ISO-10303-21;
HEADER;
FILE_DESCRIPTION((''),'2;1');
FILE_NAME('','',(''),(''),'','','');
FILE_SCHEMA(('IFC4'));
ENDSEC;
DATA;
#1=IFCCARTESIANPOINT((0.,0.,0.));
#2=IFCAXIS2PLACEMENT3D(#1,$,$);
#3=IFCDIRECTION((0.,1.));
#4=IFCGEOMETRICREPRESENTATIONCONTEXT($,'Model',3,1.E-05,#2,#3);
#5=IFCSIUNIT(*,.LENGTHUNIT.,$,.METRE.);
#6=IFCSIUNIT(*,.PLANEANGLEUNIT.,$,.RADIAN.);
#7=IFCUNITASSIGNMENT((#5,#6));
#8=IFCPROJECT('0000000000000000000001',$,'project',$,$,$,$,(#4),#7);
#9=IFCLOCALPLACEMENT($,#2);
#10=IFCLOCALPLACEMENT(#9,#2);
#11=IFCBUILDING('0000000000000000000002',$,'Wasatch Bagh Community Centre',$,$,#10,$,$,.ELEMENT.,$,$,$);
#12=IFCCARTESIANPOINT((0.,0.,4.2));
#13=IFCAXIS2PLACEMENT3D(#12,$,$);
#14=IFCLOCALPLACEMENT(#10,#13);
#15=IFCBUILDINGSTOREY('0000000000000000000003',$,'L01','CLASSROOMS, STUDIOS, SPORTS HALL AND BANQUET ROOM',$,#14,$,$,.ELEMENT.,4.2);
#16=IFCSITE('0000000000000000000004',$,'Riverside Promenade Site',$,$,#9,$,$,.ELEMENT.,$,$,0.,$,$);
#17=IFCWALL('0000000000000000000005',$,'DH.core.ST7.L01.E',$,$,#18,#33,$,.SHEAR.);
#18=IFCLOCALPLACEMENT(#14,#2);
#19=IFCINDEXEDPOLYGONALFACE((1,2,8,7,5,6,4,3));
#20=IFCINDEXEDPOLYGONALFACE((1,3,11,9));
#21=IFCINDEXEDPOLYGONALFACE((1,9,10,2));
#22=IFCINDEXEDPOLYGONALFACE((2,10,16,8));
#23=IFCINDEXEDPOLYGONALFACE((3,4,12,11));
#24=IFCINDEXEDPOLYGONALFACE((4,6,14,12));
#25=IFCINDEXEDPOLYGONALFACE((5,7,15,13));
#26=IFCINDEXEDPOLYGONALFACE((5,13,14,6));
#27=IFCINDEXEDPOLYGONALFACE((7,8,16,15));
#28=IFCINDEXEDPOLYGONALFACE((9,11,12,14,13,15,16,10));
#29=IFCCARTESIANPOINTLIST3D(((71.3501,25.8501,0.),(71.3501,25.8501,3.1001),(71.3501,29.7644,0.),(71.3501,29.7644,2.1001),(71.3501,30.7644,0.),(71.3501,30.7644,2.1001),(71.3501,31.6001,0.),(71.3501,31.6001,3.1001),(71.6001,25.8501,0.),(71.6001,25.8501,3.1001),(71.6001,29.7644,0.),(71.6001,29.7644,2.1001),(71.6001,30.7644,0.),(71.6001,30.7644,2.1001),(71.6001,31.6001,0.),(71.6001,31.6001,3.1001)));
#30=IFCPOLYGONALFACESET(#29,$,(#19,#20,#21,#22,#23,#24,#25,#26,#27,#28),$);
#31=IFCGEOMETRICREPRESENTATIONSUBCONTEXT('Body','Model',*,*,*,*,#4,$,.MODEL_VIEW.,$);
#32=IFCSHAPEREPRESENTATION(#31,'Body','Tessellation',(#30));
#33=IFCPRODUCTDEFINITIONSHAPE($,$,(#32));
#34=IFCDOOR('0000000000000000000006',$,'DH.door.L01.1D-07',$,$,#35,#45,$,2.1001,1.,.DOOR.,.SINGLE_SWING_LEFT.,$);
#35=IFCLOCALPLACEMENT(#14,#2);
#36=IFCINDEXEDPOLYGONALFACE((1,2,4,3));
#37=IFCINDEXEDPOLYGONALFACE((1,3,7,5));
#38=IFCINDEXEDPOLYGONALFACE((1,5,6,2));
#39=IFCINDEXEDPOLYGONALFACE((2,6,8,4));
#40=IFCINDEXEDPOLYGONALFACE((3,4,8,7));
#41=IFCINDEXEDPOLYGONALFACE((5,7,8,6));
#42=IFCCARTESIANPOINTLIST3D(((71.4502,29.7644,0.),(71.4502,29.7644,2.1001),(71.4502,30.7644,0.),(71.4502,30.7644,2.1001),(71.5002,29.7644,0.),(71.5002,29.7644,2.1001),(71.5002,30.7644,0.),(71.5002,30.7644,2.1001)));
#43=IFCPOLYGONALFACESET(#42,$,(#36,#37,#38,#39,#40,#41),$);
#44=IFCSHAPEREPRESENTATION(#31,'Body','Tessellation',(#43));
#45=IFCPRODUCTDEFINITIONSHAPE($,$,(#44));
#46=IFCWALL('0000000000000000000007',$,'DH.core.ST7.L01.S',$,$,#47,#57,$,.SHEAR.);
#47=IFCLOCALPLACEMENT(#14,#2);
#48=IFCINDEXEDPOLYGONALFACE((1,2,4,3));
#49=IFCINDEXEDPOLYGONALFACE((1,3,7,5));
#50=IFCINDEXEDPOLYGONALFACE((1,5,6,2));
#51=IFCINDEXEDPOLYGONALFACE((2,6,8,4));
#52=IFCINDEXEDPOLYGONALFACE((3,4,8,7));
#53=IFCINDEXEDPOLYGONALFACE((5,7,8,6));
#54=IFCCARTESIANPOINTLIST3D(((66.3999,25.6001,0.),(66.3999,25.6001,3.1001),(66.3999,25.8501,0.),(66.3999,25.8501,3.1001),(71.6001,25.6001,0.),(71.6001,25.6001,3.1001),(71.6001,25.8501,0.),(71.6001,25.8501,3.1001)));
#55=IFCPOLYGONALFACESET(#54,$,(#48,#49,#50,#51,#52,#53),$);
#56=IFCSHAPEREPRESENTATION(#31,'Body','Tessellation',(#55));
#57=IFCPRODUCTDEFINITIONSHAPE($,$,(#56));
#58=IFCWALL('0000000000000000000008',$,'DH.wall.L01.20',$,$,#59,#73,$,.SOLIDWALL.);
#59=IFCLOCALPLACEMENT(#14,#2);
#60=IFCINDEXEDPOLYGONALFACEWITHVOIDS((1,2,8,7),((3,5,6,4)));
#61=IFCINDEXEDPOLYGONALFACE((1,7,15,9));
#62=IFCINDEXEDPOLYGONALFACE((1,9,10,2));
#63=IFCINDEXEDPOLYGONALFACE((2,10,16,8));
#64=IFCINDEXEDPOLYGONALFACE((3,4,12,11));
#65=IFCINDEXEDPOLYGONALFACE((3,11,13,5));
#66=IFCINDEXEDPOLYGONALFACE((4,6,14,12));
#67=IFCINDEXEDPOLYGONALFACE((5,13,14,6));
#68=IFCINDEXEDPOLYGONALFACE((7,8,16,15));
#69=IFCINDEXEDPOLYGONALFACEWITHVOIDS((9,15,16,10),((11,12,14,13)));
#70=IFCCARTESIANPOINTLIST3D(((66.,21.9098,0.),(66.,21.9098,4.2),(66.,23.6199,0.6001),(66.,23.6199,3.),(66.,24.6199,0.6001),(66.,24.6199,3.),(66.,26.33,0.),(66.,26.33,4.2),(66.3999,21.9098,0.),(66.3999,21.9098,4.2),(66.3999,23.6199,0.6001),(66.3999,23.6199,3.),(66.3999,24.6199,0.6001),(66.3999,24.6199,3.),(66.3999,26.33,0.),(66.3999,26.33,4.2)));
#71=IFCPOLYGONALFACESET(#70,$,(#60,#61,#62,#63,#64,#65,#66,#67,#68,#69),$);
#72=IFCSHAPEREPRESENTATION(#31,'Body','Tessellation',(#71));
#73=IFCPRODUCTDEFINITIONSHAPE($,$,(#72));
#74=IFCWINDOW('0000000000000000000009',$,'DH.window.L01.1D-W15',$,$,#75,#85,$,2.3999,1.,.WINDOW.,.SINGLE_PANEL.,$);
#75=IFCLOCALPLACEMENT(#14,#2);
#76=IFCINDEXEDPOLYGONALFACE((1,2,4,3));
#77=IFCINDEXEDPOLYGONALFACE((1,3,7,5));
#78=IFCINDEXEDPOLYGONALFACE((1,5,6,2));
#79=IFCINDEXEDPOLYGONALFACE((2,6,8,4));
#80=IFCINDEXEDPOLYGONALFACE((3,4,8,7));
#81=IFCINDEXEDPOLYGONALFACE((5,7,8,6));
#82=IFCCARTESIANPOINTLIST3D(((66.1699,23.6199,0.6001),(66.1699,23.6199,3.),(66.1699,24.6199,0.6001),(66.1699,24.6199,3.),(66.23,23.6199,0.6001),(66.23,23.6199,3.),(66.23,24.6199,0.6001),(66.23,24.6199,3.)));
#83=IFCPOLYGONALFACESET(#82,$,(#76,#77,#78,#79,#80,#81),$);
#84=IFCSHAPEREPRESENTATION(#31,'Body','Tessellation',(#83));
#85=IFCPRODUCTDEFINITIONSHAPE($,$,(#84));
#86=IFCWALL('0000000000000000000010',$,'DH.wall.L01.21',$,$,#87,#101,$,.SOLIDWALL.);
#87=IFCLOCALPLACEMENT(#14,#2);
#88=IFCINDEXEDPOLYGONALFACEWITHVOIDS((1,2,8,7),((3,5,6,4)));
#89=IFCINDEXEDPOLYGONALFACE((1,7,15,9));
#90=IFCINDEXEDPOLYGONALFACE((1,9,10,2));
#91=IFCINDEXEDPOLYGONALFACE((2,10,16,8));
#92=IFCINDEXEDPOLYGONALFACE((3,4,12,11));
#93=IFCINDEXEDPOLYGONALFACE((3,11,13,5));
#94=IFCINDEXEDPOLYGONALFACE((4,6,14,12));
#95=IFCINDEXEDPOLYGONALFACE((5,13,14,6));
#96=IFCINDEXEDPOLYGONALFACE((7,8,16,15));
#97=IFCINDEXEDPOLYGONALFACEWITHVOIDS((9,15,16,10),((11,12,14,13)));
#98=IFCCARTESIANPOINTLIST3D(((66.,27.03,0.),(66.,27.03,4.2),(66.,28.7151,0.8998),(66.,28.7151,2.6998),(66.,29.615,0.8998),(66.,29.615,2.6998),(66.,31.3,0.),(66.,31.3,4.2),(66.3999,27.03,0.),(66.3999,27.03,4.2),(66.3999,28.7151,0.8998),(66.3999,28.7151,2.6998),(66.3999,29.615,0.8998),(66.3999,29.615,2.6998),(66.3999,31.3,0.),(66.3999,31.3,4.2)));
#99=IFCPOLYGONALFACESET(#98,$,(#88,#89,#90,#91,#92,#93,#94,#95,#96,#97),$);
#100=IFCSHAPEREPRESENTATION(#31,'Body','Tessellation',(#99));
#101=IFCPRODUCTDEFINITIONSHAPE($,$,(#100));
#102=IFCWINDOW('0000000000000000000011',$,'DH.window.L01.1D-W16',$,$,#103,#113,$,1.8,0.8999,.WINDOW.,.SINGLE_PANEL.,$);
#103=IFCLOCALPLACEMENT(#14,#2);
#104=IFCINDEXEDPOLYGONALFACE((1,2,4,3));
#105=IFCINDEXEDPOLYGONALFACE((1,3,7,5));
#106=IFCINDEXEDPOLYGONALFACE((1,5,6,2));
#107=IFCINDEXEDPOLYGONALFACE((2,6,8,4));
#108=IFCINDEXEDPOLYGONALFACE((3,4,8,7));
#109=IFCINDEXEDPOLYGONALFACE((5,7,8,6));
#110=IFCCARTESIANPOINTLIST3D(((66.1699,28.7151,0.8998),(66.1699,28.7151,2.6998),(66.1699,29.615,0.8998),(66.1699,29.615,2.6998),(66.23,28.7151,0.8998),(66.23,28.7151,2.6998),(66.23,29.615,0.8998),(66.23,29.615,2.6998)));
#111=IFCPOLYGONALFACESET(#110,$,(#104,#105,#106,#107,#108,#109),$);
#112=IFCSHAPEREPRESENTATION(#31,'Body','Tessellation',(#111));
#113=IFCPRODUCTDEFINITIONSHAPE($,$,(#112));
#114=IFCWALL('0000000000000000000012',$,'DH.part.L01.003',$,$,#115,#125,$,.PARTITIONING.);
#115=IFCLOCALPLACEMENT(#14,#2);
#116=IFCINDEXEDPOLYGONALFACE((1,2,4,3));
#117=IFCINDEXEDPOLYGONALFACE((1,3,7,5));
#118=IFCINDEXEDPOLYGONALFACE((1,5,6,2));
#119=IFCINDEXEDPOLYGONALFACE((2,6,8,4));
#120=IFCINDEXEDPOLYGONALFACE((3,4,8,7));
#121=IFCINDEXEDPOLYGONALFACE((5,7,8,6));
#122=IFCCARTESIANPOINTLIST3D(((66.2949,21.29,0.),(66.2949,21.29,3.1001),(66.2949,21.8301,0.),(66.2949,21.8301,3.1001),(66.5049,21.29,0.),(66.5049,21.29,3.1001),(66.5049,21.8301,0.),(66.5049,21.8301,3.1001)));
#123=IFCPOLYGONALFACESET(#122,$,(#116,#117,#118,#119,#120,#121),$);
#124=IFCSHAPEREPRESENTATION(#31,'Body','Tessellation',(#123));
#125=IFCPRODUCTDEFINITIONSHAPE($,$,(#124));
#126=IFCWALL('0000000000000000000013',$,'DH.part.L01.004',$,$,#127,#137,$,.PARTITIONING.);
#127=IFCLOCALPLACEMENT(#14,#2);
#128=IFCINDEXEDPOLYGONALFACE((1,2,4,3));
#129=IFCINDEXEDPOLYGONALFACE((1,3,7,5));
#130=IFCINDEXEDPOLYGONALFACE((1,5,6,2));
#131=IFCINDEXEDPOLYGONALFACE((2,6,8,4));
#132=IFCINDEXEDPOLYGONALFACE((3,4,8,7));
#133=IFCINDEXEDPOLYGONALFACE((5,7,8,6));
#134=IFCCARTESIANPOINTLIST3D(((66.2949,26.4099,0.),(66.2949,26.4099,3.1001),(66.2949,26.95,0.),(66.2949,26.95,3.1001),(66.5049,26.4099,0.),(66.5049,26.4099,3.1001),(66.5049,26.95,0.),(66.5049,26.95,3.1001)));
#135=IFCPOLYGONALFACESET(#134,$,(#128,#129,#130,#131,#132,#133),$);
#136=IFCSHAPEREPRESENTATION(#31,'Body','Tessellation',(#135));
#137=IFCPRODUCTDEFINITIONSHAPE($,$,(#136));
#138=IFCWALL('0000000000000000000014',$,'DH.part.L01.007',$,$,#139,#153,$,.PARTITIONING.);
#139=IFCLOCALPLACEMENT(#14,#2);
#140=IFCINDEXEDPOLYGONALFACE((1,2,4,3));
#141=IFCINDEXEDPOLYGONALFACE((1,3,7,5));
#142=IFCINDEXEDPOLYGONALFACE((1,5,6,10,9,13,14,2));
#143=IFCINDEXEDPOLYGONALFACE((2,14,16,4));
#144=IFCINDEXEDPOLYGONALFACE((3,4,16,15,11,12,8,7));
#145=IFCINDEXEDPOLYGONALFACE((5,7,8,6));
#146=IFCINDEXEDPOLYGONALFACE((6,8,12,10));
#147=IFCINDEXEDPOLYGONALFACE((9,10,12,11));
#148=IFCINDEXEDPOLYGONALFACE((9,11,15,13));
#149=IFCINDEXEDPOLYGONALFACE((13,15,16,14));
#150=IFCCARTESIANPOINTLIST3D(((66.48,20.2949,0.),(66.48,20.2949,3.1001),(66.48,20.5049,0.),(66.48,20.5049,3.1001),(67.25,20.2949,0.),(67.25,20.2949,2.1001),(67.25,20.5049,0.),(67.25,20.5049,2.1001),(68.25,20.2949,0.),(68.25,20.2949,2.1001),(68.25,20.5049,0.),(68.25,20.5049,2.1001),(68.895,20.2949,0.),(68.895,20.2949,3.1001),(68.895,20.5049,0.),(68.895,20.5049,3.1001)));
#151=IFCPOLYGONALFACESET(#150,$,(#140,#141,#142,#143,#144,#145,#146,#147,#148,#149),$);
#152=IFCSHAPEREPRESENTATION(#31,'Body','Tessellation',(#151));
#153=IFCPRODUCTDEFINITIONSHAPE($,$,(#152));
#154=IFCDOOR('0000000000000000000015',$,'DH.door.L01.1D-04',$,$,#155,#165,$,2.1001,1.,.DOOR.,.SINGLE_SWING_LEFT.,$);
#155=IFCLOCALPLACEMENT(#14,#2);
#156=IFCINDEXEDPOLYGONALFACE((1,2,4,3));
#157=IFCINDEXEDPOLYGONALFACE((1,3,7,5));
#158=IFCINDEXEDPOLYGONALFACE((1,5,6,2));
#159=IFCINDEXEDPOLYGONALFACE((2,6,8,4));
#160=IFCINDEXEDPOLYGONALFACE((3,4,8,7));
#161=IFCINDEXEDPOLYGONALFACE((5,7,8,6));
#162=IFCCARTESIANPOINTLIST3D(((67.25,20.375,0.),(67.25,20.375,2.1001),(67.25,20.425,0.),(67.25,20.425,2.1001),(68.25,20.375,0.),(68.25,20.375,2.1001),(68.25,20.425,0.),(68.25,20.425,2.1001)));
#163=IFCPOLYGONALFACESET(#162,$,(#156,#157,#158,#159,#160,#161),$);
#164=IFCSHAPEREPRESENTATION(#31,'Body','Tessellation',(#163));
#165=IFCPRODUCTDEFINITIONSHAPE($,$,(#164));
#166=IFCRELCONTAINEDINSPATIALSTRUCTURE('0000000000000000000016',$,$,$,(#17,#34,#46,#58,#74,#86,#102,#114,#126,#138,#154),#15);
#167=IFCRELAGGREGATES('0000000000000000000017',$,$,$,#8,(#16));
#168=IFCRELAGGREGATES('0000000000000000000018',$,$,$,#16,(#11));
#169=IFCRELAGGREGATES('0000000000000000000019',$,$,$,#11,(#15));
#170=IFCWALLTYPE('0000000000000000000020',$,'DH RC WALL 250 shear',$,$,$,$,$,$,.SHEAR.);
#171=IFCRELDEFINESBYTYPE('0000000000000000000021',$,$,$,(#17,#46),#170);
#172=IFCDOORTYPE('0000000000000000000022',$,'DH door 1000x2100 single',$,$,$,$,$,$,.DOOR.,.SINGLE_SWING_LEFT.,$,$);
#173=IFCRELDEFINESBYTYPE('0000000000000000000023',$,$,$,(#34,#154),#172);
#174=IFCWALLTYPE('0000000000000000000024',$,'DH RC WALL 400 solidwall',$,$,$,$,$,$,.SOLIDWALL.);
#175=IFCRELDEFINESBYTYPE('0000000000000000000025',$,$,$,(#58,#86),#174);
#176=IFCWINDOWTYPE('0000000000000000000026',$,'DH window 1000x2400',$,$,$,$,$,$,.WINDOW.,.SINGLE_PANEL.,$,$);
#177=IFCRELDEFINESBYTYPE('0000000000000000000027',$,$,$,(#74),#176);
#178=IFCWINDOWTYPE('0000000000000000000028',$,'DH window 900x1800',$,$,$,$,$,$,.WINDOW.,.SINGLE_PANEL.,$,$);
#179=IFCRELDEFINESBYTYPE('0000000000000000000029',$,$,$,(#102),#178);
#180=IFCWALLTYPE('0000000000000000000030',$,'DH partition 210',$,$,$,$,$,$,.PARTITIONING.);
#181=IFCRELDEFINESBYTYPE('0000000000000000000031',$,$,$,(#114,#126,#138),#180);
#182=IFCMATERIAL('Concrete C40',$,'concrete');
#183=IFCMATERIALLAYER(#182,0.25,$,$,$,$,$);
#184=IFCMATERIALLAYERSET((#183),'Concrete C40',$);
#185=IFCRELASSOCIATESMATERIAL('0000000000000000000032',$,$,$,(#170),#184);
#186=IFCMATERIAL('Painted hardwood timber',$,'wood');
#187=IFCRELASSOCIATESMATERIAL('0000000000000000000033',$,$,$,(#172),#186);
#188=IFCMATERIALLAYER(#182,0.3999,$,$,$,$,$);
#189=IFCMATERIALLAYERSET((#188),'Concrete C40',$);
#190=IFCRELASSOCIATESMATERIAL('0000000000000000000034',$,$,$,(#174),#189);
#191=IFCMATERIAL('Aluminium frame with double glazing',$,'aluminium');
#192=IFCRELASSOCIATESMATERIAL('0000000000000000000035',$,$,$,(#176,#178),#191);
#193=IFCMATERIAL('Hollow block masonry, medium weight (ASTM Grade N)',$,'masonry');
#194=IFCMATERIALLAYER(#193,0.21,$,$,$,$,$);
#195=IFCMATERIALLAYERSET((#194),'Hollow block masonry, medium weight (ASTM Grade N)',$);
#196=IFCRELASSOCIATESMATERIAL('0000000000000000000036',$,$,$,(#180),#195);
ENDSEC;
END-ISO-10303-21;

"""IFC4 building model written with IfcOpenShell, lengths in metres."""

from ifc_helpers import new_model, si_unit, direction, frame, frame_2d, origin, place, context, subcontext, project, spatial, rectangle, extrude, material, layer, layer_set, type_object, element, fill, save


model = new_model("IFC4")

# Units and contexts
model_context = context("Model", 3, precision=1e-05, world=origin(), true_north=direction((0.0, 1.0)))
body_context = subcontext(model_context, "Body", "Model", "MODEL_VIEW")
ifc_project = project(units=[si_unit("LENGTHUNIT", "METRE"), si_unit("PLANEANGLEUNIT", "RADIAN")], contexts=[model_context])

# Site, building, storey
site_placement = place(None, origin())
site = spatial("IfcSite", under=ifc_project, at=site_placement, Name="Riverside Promenade Site", CompositionType="ELEMENT", RefElevation=0.0)
building_placement = place(site_placement, origin())
building = spatial("IfcBuilding", under=site, at=building_placement, Name="Wasatch Bagh Community Centre", CompositionType="ELEMENT")
storey_placement = place(building_placement, frame((0.0, 0.0, 4.2)))
storey = spatial("IfcBuildingStorey", under=building, at=storey_placement, Name="L01", Description="CLASSROOMS, STUDIOS, SPORTS HALL AND BANQUET ROOM", CompositionType="ELEMENT", Elevation=4.2)

# Shared definitions
ifc_material_1 = material(Name="Concrete C40", Category="concrete")

# Wall, opening, door
ifc_layer_1 = layer(ifc_material_1, 0.25)
ifc_layer_set_1 = layer_set([ifc_layer_1], Name="Concrete C40")
wall_type_1 = type_object("IfcWallType", Name="DH RC WALL 250 shear", PredefinedType="SHEAR", material=ifc_layer_set_1)
wall_1_placement = place(storey_placement, frame((71.4751, 25.8501, 0.0), z_axis=(0.0, 0.0, 1.0), x_axis=(0.0, 1.0, 0.0)))
wall_1 = element("IfcWall", 1, at=wall_1_placement, inside=storey, type_object=wall_type_1, Name="DH.core.ST7.L01.E", PredefinedType="SHEAR", context=body_context, shape_type="SweptSolid", body=[
    extrude(rectangle(XDim=5.75, YDim=0.25, at=frame_2d((2.875, 0.0))), origin(), (0.0, 0.0, 1.0), 3.1001),
])
opening_1_placement = place(wall_1_placement, frame((3.9143, 0.0, 0.0)))
opening_1 = element("IfcOpeningElement", 2, at=opening_1_placement, cuts=wall_1, PredefinedType="OPENING", context=body_context, shape_type="SweptSolid", body=[
    extrude(rectangle(XDim=1.0, YDim=2.1001, at=frame_2d((0.5, 1.05))), frame((0.0, 0.135, 0.0), z_axis=(0.0, -1.0, 0.0), x_axis=(1.0, 0.0, 0.0)), (0.0, 0.0, 1.0), 0.27),
])
ifc_material_2 = material(Name="Painted hardwood timber", Category="wood")
door_type = type_object("IfcDoorType", Name="DH door 1000x2100 single", OperationType="SINGLE_SWING_LEFT", PredefinedType="DOOR", material=ifc_material_2)
door_1_placement = place(opening_1_placement, origin())
door_1 = element("IfcDoor", 3, at=door_1_placement, inside=storey, type_object=door_type, Name="DH.door.L01.1D-07", OperationType="SINGLE_SWING_LEFT", OverallHeight=2.1001, OverallWidth=1.0, PredefinedType="DOOR", context=body_context, shape_type="SweptSolid", body=[
    extrude(rectangle(XDim=1.0, YDim=2.1001, at=frame_2d((0.5, 1.05))), frame((0.0, 0.0249, 0.0), z_axis=(0.0, -1.0, 0.0), x_axis=(1.0, 0.0, 0.0)), (0.0, 0.0, 1.0), 0.05),
])
fill(opening_1, door_1)

# Wall
wall_2_placement = place(storey_placement, frame((66.3999, 25.7251, 0.0), z_axis=(0.0, 0.0, 1.0), x_axis=(1.0, 0.0, 0.0)))
element("IfcWall", 4, at=wall_2_placement, inside=storey, type_object=wall_type_1, Name="DH.core.ST7.L01.S", PredefinedType="SHEAR", context=body_context, shape_type="SweptSolid", body=[
    extrude(rectangle(XDim=5.2002, YDim=0.25, at=frame_2d((2.6001, 0.0))), origin(), (0.0, 0.0, 1.0), 3.1001),
])

# Walls, openings, windows
ifc_layer_2 = layer(ifc_material_1, 0.3999)
ifc_layer_set_2 = layer_set([ifc_layer_2], Name="Concrete C40")
wall_type_2 = type_object("IfcWallType", Name="DH RC WALL 400 solidwall", PredefinedType="SOLIDWALL", material=ifc_layer_set_2)
wall_3_placement = place(storey_placement, frame((66.2, 21.9099, 0.0), z_axis=(0.0, 0.0, 1.0), x_axis=(0.0, 1.0, 0.0)))
wall_3 = element("IfcWall", 5, at=wall_3_placement, inside=storey, type_object=wall_type_2, Name="DH.wall.L01.20", PredefinedType="SOLIDWALL", context=body_context, shape_type="SweptSolid", body=[
    extrude(rectangle(XDim=4.4202, YDim=0.3999, at=frame_2d((2.21, 0.0))), origin(), (0.0, 0.0, 1.0), 4.2),
])
opening_2_placement = place(wall_3_placement, frame((1.71, 0.0, 0.6001)))
opening_2 = element("IfcOpeningElement", 6, at=opening_2_placement, cuts=wall_3, PredefinedType="OPENING", context=body_context, shape_type="SweptSolid", body=[
    extrude(rectangle(XDim=1.0, YDim=2.3999, at=frame_2d((0.5, 1.2))), frame((0.0, 0.21, 0.0), z_axis=(0.0, -1.0, 0.0), x_axis=(1.0, 0.0, 0.0)), (0.0, 0.0, 1.0), 0.4199),
])
ifc_material_3 = material(Name="Aluminium frame with double glazing", Category="aluminium")
window_type_1 = type_object("IfcWindowType", Name="DH window 1000x2400", PartitioningType="SINGLE_PANEL", PredefinedType="WINDOW", material=ifc_material_3)
window_1_placement = place(opening_2_placement, origin())
window_1 = element("IfcWindow", 7, at=window_1_placement, inside=storey, type_object=window_type_1, Name="DH.window.L01.1D-W15", OverallHeight=2.3999, OverallWidth=1.0, PartitioningType="SINGLE_PANEL", PredefinedType="WINDOW", context=body_context, shape_type="SweptSolid", body=[
    extrude(rectangle(XDim=1.0, YDim=2.3999, at=frame_2d((0.5, 1.2))), frame((0.0, 0.03, 0.0), z_axis=(0.0, -1.0, 0.0), x_axis=(1.0, 0.0, 0.0)), (0.0, 0.0, 1.0), 0.0601),
])
fill(opening_2, window_1)
wall_4_placement = place(storey_placement, frame((66.2, 27.03, 0.0), z_axis=(0.0, 0.0, 1.0), x_axis=(0.0, 1.0, 0.0)))
wall_4 = element("IfcWall", 8, at=wall_4_placement, inside=storey, type_object=wall_type_2, Name="DH.wall.L01.21", PredefinedType="SOLIDWALL", context=body_context, shape_type="SweptSolid", body=[
    extrude(rectangle(XDim=4.27, YDim=0.3999, at=frame_2d((2.135, 0.0))), origin(), (0.0, 0.0, 1.0), 4.2),
])
opening_3_placement = place(wall_4_placement, frame((1.6851, 0.0, 0.8999)))
opening_3 = element("IfcOpeningElement", 9, at=opening_3_placement, cuts=wall_4, PredefinedType="OPENING", context=body_context, shape_type="SweptSolid", body=[
    extrude(rectangle(XDim=0.8999, YDim=1.8, at=frame_2d((0.45, 0.8999))), frame((0.0, 0.21, 0.0), z_axis=(0.0, -1.0, 0.0), x_axis=(1.0, 0.0, 0.0)), (0.0, 0.0, 1.0), 0.4199),
])
window_type_2 = type_object("IfcWindowType", Name="DH window 900x1800", PartitioningType="SINGLE_PANEL", PredefinedType="WINDOW", material=ifc_material_3)
window_2_placement = place(opening_3_placement, origin())
window_2 = element("IfcWindow", 10, at=window_2_placement, inside=storey, type_object=window_type_2, Name="DH.window.L01.1D-W16", OverallHeight=1.8, OverallWidth=0.8999, PartitioningType="SINGLE_PANEL", PredefinedType="WINDOW", context=body_context, shape_type="SweptSolid", body=[
    extrude(rectangle(XDim=0.8999, YDim=1.8, at=frame_2d((0.45, 0.8999))), frame((0.0, 0.03, 0.0), z_axis=(0.0, -1.0, 0.0), x_axis=(1.0, 0.0, 0.0)), (0.0, 0.0, 1.0), 0.0601),
])
fill(opening_3, window_2)

# Walls
ifc_material_4 = material(Name="Hollow block masonry, medium weight (ASTM Grade N)", Category="masonry")
ifc_layer_3 = layer(ifc_material_4, 0.21)
ifc_layer_set_3 = layer_set([ifc_layer_3], Name="Hollow block masonry, medium weight (ASTM Grade N)")
wall_type_3 = type_object("IfcWallType", Name="DH partition 210", PredefinedType="PARTITIONING", material=ifc_layer_set_3)
for number, where, z_axis, x_axis, name in (
    (11, (66.3999, 21.8301, 0.0), (0.0, 0.0, 1.0), (0.0, -1.0, 0.0), "DH.part.L01.003"),
    (12, (66.3999, 26.95, 0.0), (0.0, 0.0, 1.0), (0.0, -1.0, 0.0), "DH.part.L01.004"),
):
    element("IfcWall", number, at=place(storey_placement, frame(where, z_axis=z_axis, x_axis=x_axis)), inside=storey, type_object=wall_type_3, Name=name, PredefinedType="PARTITIONING", context=body_context, shape_type="SweptSolid", body=[
        extrude(rectangle(XDim=0.54, YDim=0.21, at=frame_2d((0.27, 0.0))), origin(), (0.0, 0.0, 1.0), 3.1001),
    ])

# Wall, opening, door
wall_5_placement = place(storey_placement, frame((68.895, 20.3999, 0.0), z_axis=(0.0, 0.0, 1.0), x_axis=(-1.0, 0.0, 0.0)))
wall_5 = element("IfcWall", 13, at=wall_5_placement, inside=storey, type_object=wall_type_3, Name="DH.part.L01.007", PredefinedType="PARTITIONING", context=body_context, shape_type="SweptSolid", body=[
    extrude(rectangle(XDim=2.415, YDim=0.21, at=frame_2d((1.2075, 0.0))), origin(), (0.0, 0.0, 1.0), 3.1001),
])
opening_4_placement = place(wall_5_placement, frame((0.645, 0.0, 0.0)))
opening_4 = element("IfcOpeningElement", 14, at=opening_4_placement, cuts=wall_5, PredefinedType="OPENING", context=body_context, shape_type="SweptSolid", body=[
    extrude(rectangle(XDim=1.0, YDim=2.1001, at=frame_2d((0.5, 1.05))), frame((0.0, 0.115, 0.0), z_axis=(0.0, -1.0, 0.0), x_axis=(1.0, 0.0, 0.0)), (0.0, 0.0, 1.0), 0.23),
])
door_2_placement = place(opening_4_placement, origin())
door_2 = element("IfcDoor", 15, at=door_2_placement, inside=storey, type_object=door_type, Name="DH.door.L01.1D-04", OperationType="SINGLE_SWING_LEFT", OverallHeight=2.1001, OverallWidth=1.0, PredefinedType="DOOR", context=body_context, shape_type="SweptSolid", body=[
    extrude(rectangle(XDim=1.0, YDim=2.1001, at=frame_2d((0.5, 1.05))), frame((0.0, 0.0249, 0.0), z_axis=(0.0, -1.0, 0.0), x_axis=(1.0, 0.0, 0.0)), (0.0, 0.0, 1.0), 0.05),
])
fill(opening_4, door_2)

save(model, "model.ifc")
